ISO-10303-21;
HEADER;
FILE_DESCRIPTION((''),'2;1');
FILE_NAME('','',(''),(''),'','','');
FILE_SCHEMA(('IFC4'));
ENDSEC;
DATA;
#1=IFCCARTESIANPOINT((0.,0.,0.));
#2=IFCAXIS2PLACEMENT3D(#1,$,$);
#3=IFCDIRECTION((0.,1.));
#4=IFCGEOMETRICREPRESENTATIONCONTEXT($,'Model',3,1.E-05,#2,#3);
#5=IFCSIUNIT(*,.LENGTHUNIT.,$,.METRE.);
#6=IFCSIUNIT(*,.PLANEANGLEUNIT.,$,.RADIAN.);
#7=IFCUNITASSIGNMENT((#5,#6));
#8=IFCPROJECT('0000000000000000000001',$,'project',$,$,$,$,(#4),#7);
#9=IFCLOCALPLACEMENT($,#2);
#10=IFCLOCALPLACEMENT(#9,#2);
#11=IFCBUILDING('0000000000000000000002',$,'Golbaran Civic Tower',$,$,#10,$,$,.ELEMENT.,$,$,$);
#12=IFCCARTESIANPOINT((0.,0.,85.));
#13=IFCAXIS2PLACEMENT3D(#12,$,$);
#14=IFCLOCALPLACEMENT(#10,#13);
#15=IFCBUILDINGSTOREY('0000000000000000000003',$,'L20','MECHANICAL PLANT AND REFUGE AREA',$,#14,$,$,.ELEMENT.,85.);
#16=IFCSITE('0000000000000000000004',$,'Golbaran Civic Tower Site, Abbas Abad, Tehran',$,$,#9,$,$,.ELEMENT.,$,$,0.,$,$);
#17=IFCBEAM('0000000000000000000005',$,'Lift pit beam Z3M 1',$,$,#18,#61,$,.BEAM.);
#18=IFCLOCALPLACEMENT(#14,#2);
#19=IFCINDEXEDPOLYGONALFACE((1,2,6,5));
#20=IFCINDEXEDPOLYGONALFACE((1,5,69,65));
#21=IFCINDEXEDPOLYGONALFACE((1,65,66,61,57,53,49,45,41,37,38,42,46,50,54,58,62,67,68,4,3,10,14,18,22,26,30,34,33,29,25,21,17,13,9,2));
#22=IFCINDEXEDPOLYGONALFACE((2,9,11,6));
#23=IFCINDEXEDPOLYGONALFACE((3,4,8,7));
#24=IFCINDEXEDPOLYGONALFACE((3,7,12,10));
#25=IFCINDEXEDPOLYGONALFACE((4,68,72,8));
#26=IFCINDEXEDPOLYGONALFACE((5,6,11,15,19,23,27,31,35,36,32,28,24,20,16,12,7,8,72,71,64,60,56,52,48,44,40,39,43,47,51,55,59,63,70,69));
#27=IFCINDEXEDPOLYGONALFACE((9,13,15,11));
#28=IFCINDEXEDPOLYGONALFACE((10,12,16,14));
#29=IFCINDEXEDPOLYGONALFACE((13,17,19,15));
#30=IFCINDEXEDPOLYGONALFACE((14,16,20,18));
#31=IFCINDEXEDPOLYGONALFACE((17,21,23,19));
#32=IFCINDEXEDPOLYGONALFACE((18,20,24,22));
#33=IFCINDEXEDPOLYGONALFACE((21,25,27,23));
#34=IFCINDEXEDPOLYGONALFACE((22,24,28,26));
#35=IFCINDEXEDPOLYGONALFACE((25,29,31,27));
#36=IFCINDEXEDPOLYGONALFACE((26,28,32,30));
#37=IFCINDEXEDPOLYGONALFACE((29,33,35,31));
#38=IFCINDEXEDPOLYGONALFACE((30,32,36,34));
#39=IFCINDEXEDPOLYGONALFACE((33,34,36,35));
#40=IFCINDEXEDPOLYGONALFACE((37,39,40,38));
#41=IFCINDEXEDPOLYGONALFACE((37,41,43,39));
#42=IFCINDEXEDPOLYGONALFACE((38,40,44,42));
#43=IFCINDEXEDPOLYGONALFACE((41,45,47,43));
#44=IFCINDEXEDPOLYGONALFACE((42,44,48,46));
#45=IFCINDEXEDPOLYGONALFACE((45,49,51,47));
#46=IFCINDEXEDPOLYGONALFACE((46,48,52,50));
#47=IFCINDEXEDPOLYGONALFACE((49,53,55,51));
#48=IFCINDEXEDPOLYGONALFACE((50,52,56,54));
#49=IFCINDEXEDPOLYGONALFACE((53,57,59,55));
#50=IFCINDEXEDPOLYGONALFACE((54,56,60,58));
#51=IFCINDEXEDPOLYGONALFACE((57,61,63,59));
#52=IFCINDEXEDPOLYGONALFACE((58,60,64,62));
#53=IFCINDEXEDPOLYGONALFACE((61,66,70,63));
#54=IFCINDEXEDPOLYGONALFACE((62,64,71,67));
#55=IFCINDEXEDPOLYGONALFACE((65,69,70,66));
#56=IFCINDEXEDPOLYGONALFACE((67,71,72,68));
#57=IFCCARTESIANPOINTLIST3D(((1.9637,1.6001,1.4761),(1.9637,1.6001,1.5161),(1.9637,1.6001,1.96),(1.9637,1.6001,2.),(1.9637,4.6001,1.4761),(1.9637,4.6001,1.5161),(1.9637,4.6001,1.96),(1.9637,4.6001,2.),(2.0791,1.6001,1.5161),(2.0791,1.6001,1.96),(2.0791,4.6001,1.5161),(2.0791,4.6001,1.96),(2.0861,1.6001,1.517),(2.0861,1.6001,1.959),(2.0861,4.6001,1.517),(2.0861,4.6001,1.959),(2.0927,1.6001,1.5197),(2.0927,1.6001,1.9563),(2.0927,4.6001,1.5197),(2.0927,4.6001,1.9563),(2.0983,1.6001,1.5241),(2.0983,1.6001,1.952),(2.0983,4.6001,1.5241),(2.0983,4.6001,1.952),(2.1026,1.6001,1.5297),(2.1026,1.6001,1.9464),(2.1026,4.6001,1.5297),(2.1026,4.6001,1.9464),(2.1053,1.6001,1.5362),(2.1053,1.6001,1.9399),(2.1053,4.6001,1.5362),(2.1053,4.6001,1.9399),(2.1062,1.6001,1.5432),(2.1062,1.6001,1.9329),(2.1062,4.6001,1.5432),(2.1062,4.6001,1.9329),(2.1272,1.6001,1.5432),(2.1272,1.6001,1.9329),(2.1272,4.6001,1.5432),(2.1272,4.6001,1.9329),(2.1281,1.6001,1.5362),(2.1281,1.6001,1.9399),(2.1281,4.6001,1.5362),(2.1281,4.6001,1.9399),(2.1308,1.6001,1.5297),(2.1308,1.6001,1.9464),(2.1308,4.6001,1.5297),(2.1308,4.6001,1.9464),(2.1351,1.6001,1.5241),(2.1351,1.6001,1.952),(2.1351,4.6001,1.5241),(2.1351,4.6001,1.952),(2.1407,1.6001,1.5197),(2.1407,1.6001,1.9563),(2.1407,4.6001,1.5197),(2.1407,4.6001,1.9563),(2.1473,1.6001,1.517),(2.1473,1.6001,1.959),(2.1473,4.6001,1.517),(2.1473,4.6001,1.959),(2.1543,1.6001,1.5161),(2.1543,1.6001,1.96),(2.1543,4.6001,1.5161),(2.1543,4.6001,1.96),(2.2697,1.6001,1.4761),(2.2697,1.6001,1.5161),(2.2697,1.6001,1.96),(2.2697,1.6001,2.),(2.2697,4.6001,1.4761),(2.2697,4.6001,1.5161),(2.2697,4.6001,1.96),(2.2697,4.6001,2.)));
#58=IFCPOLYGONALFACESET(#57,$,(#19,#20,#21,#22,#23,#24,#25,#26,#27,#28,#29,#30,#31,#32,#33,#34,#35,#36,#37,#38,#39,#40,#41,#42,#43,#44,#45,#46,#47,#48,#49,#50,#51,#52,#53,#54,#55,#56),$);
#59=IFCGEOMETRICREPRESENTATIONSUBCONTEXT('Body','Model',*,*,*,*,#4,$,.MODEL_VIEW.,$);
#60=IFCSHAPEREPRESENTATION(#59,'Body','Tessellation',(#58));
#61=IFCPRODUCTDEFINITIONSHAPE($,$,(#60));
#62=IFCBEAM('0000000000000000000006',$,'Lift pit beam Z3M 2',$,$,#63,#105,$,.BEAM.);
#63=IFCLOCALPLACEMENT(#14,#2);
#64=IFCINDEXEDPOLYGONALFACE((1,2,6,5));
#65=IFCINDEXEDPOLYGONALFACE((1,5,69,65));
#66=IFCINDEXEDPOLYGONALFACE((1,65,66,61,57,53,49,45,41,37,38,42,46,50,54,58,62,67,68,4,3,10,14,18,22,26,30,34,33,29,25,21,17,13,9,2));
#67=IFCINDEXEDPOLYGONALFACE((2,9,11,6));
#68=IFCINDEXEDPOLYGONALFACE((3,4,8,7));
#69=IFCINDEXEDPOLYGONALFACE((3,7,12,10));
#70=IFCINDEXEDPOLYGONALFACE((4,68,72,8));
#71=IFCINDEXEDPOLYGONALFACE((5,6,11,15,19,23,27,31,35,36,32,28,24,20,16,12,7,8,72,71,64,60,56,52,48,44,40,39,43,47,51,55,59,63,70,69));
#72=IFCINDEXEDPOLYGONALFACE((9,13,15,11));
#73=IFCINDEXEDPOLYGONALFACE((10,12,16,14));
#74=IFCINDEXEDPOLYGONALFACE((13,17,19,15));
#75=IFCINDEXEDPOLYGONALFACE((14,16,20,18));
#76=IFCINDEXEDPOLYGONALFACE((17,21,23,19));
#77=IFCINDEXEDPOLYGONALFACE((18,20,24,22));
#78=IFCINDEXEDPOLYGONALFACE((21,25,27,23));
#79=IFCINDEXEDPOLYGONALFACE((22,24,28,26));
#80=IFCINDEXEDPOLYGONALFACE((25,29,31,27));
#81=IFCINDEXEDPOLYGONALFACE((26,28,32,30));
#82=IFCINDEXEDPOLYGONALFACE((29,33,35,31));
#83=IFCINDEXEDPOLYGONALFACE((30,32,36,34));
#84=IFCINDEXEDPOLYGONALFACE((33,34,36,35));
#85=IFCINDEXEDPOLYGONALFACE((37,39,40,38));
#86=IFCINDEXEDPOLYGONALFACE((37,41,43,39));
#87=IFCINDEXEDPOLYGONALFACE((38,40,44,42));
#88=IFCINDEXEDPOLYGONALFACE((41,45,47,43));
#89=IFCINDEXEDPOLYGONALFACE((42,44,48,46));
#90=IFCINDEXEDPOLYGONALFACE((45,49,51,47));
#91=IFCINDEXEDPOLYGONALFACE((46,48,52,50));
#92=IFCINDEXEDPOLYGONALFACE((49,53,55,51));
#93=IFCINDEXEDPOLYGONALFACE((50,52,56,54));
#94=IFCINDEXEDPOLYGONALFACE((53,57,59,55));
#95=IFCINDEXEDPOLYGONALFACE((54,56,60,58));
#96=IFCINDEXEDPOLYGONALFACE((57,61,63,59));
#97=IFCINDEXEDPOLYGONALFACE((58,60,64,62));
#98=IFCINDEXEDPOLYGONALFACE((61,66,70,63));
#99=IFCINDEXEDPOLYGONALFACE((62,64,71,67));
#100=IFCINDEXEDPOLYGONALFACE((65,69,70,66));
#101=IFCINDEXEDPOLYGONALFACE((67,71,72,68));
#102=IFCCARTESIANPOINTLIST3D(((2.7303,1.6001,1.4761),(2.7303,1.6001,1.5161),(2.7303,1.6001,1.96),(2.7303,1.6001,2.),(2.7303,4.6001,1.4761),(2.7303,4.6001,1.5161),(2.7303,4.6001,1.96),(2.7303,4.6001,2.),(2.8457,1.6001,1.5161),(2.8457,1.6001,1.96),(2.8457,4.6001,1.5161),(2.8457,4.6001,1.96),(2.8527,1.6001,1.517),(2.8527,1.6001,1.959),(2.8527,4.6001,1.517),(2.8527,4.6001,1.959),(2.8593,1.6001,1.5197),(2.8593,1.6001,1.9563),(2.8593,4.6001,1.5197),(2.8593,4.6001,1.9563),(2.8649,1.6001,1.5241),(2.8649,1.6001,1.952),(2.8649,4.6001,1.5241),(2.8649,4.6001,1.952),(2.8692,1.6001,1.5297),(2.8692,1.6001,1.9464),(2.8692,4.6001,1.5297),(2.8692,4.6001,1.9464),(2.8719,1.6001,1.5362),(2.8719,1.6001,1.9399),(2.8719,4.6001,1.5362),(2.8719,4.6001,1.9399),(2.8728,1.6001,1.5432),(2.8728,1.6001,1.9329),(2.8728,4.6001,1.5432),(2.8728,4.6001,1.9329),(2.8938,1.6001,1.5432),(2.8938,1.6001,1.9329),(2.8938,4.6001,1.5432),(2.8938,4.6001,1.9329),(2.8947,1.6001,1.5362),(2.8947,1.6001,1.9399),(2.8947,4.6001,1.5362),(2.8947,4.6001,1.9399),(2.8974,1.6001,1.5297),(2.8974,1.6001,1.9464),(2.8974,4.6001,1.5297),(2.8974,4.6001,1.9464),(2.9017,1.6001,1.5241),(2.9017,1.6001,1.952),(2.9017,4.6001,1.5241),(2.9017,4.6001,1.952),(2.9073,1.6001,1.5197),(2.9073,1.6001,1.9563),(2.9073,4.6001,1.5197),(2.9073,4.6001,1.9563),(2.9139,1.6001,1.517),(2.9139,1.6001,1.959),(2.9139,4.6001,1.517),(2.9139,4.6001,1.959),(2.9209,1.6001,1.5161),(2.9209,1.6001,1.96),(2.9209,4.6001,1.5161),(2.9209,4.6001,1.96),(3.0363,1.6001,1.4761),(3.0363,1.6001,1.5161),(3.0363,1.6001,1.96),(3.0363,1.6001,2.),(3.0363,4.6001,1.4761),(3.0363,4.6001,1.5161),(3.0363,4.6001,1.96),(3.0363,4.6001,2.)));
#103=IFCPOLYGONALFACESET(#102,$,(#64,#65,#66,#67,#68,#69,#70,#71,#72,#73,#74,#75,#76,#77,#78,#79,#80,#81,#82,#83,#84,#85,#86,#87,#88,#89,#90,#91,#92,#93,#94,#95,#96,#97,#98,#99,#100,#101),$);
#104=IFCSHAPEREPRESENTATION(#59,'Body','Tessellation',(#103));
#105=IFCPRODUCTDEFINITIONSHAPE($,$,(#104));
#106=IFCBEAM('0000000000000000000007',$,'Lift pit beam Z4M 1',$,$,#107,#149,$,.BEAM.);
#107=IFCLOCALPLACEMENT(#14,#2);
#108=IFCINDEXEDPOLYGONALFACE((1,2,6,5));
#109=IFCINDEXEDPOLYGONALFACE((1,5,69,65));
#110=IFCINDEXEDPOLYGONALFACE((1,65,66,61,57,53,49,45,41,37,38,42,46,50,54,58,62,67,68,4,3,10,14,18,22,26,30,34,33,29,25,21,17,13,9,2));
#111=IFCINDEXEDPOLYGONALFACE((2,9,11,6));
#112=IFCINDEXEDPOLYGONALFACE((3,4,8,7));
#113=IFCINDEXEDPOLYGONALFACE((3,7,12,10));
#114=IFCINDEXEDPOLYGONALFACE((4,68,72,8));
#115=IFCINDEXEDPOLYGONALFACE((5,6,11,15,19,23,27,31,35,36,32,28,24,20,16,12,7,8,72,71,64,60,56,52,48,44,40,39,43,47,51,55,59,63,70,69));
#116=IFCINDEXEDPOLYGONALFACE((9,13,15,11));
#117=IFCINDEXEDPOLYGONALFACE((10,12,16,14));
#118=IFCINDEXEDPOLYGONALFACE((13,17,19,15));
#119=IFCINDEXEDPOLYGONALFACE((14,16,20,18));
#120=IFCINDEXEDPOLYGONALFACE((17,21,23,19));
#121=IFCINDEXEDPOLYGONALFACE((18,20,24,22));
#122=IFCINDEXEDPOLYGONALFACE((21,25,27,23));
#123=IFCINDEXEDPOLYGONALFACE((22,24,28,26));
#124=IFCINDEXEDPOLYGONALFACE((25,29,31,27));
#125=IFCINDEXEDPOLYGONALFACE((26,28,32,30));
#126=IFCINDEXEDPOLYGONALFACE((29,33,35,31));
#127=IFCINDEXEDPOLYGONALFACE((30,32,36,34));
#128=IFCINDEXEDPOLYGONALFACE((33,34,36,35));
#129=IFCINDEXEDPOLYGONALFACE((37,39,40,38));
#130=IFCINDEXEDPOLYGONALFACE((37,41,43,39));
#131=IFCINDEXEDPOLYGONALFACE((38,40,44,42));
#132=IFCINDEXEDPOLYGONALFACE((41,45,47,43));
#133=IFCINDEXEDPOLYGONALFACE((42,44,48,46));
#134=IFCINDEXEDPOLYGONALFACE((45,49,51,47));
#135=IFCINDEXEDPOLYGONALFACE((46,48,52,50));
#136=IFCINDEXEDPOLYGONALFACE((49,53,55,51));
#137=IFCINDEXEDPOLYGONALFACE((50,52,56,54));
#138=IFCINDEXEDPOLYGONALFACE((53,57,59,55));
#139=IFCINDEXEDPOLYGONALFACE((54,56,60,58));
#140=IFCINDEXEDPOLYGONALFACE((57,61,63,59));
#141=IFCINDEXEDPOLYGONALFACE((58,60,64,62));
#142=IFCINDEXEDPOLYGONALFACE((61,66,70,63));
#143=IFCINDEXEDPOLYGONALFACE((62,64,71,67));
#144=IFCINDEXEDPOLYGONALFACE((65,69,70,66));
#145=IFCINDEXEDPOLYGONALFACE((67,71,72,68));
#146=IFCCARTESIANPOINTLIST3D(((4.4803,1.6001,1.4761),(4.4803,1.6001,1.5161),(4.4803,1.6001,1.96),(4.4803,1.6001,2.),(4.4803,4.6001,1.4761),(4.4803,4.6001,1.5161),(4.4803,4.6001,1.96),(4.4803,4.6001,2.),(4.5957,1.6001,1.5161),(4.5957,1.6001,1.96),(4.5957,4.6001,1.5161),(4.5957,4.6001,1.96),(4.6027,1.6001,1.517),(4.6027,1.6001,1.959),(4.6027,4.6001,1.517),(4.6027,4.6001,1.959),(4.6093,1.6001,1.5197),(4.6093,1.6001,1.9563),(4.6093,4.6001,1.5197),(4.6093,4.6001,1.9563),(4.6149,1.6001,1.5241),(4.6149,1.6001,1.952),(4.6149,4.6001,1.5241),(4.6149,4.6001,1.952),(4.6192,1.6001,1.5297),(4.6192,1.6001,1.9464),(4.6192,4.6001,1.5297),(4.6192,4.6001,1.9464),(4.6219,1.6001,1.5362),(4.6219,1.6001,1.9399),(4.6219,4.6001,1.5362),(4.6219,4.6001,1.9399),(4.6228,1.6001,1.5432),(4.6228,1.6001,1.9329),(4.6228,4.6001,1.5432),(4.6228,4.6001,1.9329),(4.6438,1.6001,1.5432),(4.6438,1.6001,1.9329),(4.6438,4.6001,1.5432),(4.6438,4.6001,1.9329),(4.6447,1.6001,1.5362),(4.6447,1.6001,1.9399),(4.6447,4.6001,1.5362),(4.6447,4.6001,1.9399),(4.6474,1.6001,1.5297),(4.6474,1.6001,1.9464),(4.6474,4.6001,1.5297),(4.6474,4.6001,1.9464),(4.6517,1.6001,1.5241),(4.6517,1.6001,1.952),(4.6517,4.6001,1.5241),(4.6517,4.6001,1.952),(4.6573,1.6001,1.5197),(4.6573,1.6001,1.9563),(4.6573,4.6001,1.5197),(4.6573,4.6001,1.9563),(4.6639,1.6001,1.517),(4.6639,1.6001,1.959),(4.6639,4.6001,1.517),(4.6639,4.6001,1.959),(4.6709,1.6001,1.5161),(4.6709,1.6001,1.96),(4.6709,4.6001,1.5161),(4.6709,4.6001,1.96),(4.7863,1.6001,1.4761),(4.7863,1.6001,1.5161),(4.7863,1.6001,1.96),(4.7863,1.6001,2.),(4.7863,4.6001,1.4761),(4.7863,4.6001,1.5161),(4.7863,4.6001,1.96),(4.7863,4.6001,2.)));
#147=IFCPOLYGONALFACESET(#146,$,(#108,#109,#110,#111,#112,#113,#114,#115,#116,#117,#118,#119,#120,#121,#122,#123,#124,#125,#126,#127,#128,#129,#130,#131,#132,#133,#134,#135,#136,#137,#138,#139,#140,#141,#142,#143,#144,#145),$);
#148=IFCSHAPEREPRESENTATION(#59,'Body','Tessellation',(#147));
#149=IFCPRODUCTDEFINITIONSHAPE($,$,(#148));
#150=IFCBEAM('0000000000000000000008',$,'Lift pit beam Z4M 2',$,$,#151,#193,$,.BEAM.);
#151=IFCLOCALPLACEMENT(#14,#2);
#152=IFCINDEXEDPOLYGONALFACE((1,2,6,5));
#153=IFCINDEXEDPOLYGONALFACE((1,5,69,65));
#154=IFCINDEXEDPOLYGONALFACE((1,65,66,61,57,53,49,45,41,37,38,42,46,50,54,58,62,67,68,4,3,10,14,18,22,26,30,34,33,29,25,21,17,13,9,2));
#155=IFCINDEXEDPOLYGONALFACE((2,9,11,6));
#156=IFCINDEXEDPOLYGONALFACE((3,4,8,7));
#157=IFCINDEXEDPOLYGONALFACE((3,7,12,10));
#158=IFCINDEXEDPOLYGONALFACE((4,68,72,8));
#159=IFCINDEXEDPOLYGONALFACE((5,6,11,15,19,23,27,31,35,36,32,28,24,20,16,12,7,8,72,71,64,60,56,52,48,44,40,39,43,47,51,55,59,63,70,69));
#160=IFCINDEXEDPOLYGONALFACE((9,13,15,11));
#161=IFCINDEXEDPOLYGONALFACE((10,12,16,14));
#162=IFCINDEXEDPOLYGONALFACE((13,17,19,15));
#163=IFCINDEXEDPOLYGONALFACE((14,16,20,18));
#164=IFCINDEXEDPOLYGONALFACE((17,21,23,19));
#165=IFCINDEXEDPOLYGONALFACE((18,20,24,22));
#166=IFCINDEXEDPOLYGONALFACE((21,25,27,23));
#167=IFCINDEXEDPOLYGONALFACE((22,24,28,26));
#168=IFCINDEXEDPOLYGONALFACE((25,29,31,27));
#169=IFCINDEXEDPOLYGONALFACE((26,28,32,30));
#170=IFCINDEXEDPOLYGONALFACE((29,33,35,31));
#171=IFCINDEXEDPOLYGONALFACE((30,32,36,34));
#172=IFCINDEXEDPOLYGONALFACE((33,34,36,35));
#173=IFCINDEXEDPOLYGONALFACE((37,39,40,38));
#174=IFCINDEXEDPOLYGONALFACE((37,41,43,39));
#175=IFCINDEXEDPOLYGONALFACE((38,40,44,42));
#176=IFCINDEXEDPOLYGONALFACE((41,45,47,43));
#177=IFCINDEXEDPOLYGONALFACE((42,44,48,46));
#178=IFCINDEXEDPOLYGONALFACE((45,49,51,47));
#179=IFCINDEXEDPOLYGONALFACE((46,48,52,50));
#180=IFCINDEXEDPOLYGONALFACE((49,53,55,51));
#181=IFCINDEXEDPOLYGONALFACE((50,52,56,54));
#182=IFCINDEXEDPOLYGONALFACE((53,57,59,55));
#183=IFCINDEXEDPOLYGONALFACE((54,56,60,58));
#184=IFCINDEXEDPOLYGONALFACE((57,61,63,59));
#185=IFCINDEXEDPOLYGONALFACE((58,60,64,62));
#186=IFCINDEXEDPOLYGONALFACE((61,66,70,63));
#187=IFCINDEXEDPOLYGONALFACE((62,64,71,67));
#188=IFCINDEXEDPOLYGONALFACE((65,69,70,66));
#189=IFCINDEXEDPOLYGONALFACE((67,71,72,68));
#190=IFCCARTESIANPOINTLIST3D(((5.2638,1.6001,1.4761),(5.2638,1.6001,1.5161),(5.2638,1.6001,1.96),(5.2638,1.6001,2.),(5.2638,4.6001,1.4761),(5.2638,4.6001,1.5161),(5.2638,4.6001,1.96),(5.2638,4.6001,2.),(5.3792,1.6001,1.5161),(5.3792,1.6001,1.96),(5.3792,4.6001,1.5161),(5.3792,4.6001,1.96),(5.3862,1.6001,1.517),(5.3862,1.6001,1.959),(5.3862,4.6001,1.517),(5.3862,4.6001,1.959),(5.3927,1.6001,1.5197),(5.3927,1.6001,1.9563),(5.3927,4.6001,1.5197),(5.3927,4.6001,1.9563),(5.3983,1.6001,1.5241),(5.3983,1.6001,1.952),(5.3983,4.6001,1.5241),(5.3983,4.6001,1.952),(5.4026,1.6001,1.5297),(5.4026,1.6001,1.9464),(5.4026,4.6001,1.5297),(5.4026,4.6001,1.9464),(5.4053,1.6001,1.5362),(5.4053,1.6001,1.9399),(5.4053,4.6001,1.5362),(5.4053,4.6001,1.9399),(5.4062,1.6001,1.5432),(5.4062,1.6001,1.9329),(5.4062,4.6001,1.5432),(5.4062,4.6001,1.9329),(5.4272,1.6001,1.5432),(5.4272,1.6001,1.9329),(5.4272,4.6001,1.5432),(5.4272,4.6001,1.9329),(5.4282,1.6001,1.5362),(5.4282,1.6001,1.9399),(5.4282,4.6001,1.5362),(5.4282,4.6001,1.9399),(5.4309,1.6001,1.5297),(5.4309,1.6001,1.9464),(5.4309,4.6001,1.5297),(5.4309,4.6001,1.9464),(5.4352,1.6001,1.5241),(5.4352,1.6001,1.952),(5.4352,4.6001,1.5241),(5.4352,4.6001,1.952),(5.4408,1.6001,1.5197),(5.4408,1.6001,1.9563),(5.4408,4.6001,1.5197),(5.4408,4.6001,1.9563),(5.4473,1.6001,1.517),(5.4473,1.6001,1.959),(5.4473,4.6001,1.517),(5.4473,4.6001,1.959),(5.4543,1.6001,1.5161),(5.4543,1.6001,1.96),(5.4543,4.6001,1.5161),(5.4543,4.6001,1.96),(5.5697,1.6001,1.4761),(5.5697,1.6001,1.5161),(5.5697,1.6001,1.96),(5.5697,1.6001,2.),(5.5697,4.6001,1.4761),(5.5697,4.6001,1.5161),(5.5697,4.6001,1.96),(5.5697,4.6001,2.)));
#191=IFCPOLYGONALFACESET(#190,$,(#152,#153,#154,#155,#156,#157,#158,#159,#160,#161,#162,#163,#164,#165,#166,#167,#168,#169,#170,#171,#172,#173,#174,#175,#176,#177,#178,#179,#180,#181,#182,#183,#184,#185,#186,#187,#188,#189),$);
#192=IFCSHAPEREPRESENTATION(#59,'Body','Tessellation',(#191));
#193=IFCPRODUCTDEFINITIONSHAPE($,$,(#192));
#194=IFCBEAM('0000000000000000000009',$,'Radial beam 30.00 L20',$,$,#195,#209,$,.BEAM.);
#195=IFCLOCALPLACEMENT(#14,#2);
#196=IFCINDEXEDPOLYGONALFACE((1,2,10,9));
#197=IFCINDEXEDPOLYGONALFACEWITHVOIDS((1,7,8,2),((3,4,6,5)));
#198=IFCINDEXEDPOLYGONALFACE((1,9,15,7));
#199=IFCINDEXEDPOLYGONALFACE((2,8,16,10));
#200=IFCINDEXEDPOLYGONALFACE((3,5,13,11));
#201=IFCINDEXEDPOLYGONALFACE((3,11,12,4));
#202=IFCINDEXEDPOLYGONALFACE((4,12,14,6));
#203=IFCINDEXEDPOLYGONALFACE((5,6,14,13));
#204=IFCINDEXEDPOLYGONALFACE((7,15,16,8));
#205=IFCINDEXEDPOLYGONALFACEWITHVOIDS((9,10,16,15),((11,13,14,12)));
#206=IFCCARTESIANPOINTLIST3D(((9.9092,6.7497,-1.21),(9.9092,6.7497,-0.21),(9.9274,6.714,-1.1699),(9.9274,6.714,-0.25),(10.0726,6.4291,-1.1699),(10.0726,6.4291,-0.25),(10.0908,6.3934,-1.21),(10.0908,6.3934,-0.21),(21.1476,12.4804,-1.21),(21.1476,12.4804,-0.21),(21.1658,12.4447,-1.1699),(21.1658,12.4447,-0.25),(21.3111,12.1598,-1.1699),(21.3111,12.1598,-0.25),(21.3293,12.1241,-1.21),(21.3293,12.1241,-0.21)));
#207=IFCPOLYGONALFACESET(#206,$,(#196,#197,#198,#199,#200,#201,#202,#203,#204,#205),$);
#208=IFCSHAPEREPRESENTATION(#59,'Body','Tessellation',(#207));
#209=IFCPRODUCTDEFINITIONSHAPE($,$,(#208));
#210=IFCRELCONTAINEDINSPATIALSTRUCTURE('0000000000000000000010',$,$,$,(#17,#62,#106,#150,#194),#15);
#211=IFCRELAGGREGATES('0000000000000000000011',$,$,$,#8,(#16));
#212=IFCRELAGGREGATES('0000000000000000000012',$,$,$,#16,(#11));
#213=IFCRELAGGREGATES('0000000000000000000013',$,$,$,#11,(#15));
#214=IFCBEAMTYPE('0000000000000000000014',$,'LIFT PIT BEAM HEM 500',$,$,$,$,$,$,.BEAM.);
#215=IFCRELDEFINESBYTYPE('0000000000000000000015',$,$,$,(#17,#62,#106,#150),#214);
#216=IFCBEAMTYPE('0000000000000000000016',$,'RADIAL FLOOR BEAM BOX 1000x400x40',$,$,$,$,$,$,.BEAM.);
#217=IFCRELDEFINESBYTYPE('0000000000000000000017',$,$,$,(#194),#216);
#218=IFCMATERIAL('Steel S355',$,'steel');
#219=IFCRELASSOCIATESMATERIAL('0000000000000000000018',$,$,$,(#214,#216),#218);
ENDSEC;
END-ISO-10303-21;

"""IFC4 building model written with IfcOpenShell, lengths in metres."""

from ifc_helpers import new_model, si_unit, direction, frame, origin, origin_2d, place, context, subcontext, project, spatial, hollow_rectangle, i_section, extrude, material, material_profile, profile_set, type_object, element, save


model = new_model("IFC4")

# Units and contexts
model_context = context("Model", 3, precision=1e-05, world=origin(), true_north=direction((0.0, 1.0)))
body_context = subcontext(model_context, "Body", "Model", "MODEL_VIEW")
ifc_project = project(units=[si_unit("LENGTHUNIT", "METRE"), si_unit("PLANEANGLEUNIT", "RADIAN")], contexts=[model_context])

# Site, building, storey
site_placement = place(None, origin())
site = spatial("IfcSite", under=ifc_project, at=site_placement, Name="Golbaran Civic Tower Site, Abbas Abad, Tehran", CompositionType="ELEMENT", RefElevation=0.0)
building_placement = place(site_placement, origin())
building = spatial("IfcBuilding", under=site, at=building_placement, Name="Golbaran Civic Tower", CompositionType="ELEMENT")
storey_placement = place(building_placement, frame((0.0, 0.0, 85.0)))
storey = spatial("IfcBuildingStorey", under=building, at=storey_placement, Name="L20", Description="MECHANICAL PLANT AND REFUGE AREA", CompositionType="ELEMENT", Elevation=85.0)

# Beams
ifc_material_1 = material(Name="Steel S355", Category="steel")
ifc_material_profile_1 = material_profile(ifc_material_1, i_section(OverallWidth=0.3059, OverallDepth=0.5239, WebThickness=0.021, FlangeThickness=0.04, FilletRadius=0.0271, at=origin_2d()), Name="HEM 500")
ifc_profile_set_1 = profile_set([ifc_material_profile_1], Name="Steel S355")
beam_type_1 = type_object("IfcBeamType", Name="LIFT PIT BEAM HEM 500", PredefinedType="BEAM", material=ifc_profile_set_1)
for number, where, z_axis, x_axis, name in (
    (1, (2.1167, 1.6001, 1.738), (0.0, 1.0, 0.0), (-1.0, 0.0, 0.0), "Lift pit beam Z3M 1"),
    (2, (2.8833, 1.6001, 1.738), (0.0, 1.0, 0.0), (-1.0, 0.0, 0.0), "Lift pit beam Z3M 2"),
    (3, (4.6333, 1.6001, 1.738), (0.0, 1.0, 0.0), (-1.0, 0.0, 0.0), "Lift pit beam Z4M 1"),
    (4, (5.4167, 1.6001, 1.738), (0.0, 1.0, 0.0), (-1.0, 0.0, 0.0), "Lift pit beam Z4M 2"),
):
    element("IfcBeam", number, at=place(storey_placement, frame(where, z_axis=z_axis, x_axis=x_axis)), inside=storey, type_object=beam_type_1, Name=name, PredefinedType="BEAM", context=body_context, shape_type="SweptSolid", body=[
        extrude(i_section(OverallWidth=0.3059, OverallDepth=0.5239, WebThickness=0.021, FlangeThickness=0.04, FilletRadius=0.0271, at=origin_2d()), origin(), (0.0, 0.0, 1.0), 3.0),
    ])
ifc_material_profile_2 = material_profile(ifc_material_1, hollow_rectangle(XDim=0.3999, YDim=1.0, WallThickness=0.04, at=origin_2d()), Name="BOX 1000x400x40")
ifc_profile_set_2 = profile_set([ifc_material_profile_2], Name="Steel S355")
beam_type_2 = type_object("IfcBeamType", Name="RADIAL FLOOR BEAM BOX 1000x400x40", PredefinedType="BEAM", material=ifc_profile_set_2)
beam_1_placement = place(storey_placement, frame((10.0, 6.5715, -0.71), z_axis=(0.890865, 0.454267, 0.0), x_axis=(-0.454267, 0.890865, 0.0)))
element("IfcBeam", 5, at=beam_1_placement, inside=storey, type_object=beam_type_2, Name="Radial beam 30.00 L20", PredefinedType="BEAM", context=body_context, shape_type="SweptSolid", body=[
    extrude(hollow_rectangle(XDim=0.3999, YDim=1.0, WallThickness=0.04, at=origin_2d()), origin(), (0.0, 0.0, 1.0), 12.6152),
])

save(model, "model.ifc")
